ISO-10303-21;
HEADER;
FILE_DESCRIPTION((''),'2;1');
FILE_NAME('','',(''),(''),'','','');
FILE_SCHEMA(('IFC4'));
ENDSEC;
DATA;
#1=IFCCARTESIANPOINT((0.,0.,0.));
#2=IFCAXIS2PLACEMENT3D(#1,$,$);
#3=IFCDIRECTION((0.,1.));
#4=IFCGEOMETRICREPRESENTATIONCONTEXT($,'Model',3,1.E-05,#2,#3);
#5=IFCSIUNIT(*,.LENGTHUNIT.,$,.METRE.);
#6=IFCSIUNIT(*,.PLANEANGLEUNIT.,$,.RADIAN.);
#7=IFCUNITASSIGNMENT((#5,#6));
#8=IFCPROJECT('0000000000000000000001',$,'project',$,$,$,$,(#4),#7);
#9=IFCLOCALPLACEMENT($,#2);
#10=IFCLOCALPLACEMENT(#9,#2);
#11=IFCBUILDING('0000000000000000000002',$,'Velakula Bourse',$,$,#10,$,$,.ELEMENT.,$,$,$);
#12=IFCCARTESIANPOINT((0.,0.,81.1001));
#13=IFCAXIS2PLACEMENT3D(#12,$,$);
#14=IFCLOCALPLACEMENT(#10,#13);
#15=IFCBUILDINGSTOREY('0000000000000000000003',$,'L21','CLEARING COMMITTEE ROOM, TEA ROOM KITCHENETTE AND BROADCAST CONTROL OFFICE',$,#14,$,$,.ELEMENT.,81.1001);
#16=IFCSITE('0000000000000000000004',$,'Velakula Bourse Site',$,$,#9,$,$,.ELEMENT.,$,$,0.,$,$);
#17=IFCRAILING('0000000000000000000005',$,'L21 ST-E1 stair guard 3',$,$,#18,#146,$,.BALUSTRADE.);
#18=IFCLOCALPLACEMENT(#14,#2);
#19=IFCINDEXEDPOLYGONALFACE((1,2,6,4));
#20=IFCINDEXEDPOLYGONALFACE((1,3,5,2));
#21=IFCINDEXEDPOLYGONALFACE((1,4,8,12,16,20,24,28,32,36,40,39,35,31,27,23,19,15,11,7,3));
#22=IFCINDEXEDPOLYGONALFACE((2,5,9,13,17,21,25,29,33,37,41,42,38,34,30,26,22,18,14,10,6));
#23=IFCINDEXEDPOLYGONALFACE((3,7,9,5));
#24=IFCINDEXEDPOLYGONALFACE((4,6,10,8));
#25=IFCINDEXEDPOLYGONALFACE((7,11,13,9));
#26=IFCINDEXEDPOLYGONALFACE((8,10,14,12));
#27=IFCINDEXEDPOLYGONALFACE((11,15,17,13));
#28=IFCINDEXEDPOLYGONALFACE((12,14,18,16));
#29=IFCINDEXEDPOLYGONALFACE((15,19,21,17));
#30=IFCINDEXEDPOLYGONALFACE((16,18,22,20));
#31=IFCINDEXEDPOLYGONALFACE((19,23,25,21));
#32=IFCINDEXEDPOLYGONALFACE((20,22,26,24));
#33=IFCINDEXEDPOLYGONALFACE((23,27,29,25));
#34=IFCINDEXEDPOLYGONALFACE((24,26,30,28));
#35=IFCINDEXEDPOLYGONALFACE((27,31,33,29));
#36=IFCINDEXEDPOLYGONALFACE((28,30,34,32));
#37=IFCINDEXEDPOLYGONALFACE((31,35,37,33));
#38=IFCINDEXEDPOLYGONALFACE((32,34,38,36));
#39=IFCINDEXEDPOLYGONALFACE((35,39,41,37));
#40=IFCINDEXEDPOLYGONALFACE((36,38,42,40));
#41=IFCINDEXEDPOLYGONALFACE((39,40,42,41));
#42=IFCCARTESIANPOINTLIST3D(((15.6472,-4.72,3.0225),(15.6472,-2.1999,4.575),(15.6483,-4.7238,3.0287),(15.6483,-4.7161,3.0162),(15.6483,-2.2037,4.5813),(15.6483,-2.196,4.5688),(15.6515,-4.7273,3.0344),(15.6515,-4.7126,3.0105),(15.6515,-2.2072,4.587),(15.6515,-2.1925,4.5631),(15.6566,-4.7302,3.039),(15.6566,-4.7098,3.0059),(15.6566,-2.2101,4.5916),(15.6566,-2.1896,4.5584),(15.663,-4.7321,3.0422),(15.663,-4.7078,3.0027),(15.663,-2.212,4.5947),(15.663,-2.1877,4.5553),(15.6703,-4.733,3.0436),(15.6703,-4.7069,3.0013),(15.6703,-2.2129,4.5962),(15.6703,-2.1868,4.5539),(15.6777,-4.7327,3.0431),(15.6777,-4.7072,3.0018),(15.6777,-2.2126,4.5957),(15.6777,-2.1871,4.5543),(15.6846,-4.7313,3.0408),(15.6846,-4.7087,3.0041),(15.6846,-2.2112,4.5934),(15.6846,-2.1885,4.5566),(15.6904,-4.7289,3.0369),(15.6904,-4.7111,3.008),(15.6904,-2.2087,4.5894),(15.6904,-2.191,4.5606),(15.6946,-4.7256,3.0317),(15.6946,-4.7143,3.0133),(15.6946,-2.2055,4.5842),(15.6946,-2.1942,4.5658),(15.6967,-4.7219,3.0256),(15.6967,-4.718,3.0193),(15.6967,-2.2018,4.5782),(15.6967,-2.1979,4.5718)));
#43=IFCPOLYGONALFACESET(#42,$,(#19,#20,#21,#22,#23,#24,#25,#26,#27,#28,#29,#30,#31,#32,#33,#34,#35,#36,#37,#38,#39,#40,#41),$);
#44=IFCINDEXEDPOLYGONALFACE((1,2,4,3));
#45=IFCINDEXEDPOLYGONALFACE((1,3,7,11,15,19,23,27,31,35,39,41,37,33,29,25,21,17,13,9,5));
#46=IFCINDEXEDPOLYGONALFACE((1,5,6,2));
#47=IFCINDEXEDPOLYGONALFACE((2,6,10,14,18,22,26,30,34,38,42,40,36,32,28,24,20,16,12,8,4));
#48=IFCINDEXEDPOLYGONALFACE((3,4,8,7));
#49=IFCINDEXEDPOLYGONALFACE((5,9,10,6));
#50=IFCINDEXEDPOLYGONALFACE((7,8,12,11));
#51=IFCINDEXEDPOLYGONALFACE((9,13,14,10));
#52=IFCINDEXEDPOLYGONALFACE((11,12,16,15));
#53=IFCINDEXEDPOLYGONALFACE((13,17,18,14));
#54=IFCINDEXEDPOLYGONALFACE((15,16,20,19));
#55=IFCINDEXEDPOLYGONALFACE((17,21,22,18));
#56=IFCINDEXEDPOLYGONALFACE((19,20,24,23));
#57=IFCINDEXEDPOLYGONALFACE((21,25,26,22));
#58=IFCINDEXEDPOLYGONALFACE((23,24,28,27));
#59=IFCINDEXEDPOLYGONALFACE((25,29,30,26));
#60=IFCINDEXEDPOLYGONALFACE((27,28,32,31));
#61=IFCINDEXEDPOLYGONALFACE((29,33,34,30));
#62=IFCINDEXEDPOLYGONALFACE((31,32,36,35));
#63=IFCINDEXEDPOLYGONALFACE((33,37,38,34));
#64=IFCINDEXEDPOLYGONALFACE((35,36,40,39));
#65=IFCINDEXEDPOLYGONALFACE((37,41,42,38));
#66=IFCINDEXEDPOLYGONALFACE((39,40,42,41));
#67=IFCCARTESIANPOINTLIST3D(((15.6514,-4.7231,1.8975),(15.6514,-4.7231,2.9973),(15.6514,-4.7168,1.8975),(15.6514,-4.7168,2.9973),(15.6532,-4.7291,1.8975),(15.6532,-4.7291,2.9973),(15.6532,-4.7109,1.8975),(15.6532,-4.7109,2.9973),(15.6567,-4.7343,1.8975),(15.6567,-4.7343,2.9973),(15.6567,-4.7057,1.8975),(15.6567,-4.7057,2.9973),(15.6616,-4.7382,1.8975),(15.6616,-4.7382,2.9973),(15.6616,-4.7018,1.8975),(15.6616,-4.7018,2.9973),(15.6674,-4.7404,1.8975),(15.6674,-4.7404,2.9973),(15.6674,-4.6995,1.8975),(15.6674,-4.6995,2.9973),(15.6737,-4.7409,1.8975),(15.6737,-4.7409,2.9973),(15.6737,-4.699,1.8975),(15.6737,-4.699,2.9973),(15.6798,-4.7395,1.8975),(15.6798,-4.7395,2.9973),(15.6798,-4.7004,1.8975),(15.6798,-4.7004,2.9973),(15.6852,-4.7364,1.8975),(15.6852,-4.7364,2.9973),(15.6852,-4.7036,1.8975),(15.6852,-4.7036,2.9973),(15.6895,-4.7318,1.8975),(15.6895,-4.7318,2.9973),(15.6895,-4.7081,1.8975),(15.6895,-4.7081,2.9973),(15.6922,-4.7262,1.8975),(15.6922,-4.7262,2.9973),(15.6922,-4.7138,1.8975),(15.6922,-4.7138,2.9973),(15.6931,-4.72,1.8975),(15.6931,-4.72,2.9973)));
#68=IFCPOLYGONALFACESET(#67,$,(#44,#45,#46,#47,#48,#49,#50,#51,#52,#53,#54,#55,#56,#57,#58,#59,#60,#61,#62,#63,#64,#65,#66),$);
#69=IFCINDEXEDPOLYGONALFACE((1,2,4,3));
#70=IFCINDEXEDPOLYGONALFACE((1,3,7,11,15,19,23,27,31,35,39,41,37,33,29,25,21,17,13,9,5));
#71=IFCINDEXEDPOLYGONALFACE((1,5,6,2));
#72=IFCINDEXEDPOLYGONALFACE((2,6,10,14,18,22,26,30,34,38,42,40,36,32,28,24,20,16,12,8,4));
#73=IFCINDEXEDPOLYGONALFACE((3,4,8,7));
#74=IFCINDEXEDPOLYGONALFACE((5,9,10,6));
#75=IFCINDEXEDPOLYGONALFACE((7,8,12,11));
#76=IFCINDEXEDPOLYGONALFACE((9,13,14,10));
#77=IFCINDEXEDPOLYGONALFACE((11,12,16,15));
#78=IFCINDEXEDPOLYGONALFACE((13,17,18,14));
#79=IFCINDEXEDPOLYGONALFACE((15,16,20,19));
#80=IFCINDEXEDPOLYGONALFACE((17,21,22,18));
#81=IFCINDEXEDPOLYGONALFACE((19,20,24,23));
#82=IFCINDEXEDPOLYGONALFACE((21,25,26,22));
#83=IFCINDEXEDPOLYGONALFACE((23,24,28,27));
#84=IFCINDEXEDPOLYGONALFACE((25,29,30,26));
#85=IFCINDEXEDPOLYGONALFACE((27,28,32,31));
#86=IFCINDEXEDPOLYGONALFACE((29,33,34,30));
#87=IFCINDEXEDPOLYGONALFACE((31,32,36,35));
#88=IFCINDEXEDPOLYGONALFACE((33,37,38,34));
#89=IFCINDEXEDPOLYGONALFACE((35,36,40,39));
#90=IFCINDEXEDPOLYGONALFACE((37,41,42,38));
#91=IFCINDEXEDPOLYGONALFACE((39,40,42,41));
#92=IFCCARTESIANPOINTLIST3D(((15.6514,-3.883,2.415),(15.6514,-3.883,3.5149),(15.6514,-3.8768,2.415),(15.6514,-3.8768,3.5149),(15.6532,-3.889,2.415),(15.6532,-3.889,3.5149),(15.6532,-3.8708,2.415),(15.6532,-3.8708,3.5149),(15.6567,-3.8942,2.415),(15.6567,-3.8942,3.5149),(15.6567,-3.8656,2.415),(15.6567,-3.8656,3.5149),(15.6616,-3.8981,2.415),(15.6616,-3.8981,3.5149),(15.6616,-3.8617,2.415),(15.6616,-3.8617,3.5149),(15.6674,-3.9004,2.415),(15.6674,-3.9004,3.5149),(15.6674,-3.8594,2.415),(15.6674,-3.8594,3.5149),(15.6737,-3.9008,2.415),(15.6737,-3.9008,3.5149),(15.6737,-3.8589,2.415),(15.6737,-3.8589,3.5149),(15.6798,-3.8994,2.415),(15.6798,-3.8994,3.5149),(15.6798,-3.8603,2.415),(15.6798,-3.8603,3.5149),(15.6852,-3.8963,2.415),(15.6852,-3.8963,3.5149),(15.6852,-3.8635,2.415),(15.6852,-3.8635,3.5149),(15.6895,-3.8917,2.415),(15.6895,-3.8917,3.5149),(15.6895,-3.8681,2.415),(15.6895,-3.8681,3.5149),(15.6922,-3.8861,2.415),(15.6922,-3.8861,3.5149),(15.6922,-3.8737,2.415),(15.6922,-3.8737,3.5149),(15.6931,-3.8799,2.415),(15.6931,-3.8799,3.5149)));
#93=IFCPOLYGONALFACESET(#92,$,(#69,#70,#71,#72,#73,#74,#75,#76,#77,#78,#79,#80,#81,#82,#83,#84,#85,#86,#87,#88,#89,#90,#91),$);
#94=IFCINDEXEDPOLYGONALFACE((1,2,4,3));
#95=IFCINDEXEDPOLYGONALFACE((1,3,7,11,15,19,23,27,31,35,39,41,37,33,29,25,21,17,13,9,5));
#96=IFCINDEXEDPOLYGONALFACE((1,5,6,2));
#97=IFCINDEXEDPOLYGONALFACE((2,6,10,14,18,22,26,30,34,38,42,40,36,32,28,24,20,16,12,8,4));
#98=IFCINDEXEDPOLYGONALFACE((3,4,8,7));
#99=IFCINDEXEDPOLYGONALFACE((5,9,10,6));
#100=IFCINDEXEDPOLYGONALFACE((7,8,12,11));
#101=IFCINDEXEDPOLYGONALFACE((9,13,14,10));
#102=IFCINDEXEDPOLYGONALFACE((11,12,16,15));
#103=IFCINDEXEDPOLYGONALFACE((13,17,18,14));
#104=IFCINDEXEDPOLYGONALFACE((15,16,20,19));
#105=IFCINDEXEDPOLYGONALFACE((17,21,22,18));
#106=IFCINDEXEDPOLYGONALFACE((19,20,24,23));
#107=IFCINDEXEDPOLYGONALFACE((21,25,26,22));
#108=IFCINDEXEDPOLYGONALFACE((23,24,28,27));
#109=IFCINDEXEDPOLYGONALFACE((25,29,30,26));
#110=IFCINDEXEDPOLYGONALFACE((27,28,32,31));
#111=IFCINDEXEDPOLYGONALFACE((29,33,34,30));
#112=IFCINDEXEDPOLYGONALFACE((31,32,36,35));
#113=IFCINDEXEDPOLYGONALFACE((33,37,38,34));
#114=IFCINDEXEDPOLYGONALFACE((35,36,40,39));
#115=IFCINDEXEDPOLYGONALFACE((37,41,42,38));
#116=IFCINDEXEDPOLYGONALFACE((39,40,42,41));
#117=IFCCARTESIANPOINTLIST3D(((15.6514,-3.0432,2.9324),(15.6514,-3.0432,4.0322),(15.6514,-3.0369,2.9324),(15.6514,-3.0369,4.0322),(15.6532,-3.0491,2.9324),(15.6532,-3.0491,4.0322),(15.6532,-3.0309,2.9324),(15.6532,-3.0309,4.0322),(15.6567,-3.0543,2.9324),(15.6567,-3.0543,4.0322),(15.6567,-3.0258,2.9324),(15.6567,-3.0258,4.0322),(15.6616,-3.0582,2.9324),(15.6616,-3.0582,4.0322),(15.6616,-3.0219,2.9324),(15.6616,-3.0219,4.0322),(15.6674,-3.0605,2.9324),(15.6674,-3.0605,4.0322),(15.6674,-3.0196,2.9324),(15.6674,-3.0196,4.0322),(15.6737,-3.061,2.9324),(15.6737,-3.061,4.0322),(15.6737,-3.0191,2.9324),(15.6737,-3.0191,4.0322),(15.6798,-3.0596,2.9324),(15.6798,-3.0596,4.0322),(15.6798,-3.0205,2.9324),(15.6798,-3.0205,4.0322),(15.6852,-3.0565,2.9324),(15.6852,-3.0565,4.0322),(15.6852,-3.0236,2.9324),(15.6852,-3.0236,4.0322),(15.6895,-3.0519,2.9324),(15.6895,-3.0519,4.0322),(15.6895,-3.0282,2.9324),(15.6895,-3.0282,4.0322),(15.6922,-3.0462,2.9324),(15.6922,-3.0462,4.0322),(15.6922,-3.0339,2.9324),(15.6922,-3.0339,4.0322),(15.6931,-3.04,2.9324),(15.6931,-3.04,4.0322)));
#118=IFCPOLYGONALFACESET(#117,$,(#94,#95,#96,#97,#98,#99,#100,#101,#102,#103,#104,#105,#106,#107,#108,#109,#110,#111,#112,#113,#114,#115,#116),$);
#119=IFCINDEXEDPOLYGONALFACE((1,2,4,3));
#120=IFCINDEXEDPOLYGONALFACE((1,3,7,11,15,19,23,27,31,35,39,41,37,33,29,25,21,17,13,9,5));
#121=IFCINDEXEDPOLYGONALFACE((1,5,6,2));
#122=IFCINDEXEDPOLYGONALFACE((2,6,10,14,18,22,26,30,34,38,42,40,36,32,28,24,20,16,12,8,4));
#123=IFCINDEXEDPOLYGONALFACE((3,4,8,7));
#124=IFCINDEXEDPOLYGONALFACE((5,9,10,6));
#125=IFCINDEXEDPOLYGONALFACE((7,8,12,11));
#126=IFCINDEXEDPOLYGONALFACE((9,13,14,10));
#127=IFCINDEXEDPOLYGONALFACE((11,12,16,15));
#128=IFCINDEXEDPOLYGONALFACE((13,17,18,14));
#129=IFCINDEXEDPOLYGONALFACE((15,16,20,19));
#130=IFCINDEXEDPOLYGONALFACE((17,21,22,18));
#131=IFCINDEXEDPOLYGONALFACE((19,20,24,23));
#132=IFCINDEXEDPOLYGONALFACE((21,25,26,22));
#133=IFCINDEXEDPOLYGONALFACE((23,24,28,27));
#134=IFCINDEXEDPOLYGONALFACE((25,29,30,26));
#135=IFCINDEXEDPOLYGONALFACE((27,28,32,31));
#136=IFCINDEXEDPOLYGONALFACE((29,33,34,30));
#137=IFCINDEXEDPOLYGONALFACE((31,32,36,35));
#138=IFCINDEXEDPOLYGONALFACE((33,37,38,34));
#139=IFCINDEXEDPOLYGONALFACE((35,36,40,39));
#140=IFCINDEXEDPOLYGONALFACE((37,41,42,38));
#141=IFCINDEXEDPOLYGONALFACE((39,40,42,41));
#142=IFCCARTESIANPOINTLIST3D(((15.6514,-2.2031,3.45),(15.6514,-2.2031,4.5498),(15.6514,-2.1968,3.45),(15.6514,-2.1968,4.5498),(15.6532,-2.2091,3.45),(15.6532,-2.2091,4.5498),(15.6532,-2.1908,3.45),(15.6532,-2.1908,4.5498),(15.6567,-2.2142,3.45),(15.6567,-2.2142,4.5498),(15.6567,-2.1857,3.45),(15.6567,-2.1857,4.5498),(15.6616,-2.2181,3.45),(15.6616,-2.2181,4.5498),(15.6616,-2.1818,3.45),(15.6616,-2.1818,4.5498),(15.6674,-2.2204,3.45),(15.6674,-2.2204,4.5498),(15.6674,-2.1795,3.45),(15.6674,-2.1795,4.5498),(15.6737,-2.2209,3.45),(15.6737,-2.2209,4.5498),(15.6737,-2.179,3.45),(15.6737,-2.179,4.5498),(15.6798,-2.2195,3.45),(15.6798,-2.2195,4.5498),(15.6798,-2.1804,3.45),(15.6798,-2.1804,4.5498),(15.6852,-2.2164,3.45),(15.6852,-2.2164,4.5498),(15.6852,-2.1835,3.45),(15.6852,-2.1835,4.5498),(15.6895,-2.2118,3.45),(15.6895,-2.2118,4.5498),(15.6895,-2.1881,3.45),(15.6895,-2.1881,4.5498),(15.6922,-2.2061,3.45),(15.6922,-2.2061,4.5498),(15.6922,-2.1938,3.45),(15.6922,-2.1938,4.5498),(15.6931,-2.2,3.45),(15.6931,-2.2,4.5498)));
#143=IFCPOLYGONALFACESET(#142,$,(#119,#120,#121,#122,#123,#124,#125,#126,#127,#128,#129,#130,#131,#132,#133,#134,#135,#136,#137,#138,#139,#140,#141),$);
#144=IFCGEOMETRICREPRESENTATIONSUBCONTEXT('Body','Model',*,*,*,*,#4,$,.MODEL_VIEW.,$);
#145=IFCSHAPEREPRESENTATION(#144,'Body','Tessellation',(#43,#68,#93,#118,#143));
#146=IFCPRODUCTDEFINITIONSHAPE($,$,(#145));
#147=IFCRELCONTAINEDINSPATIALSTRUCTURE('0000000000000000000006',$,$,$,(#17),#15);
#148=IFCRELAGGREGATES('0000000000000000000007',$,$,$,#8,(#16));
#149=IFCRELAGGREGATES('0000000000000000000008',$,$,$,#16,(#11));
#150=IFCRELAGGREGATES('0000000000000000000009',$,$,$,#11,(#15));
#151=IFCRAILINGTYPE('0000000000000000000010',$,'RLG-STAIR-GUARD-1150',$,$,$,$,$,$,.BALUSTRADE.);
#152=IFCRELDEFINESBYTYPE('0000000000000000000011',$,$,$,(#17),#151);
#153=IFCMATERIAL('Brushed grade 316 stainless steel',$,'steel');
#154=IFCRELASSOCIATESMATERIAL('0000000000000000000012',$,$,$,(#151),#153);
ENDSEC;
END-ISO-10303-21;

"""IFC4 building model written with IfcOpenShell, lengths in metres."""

from ifc_helpers import new_model, si_unit, direction, frame, origin, origin_2d, place, context, subcontext, project, spatial, circle, extrude, material, type_object, element, save


model = new_model("IFC4")

# Units and contexts
model_context = context("Model", 3, precision=1e-05, world=origin(), true_north=direction((0.0, 1.0)))
body_context = subcontext(model_context, "Body", "Model", "MODEL_VIEW")
ifc_project = project(units=[si_unit("LENGTHUNIT", "METRE"), si_unit("PLANEANGLEUNIT", "RADIAN")], contexts=[model_context])

# Site, building, storey
site_placement = place(None, origin())
site = spatial("IfcSite", under=ifc_project, at=site_placement, Name="Velakula Bourse Site", CompositionType="ELEMENT", RefElevation=0.0)
building_placement = place(site_placement, origin())
building = spatial("IfcBuilding", under=site, at=building_placement, Name="Velakula Bourse", CompositionType="ELEMENT")
storey_placement = place(building_placement, frame((0.0, 0.0, 81.1001)))
storey = spatial("IfcBuildingStorey", under=building, at=storey_placement, Name="L21", Description="CLEARING COMMITTEE ROOM, TEA ROOM KITCHENETTE AND BROADCAST CONTROL OFFICE", CompositionType="ELEMENT", Elevation=81.1001)

# Railing
ifc_material_1 = material(Name="Brushed grade 316 stainless steel", Category="steel")
railing_type_1 = type_object("IfcRailingType", Name="RLG-STAIR-GUARD-1150", PredefinedType="BALUSTRADE", material=ifc_material_1)
railing_1_placement = place(storey_placement, frame((15.6721, -4.72, 1.8975)))
element("IfcRailing", 1, at=railing_1_placement, inside=storey, type_object=railing_type_1, Name="L21 ST-E1 stair guard 3", PredefinedType="BALUSTRADE", context=body_context, shape_type="SweptSolid", body=[
    extrude(circle(Radius=0.0249, at=origin_2d()), frame((0.0, 0.0, 1.125), z_axis=(0.0, 0.8514, 0.524516), x_axis=(-1.0, 0.0, 0.0)), (0.0, 0.0, 1.0), 2.96),
    extrude(circle(Radius=0.021, at=origin_2d()), origin(), (0.0, 0.0, 1.0), 1.0999),
    extrude(circle(Radius=0.021, at=origin_2d()), frame((0.0, 0.8401, 0.5176)), (0.0, 0.0, 1.0), 1.0999),
    extrude(circle(Radius=0.021, at=origin_2d()), frame((0.0, 1.6799, 1.0349)), (0.0, 0.0, 1.0), 1.0999),
    extrude(circle(Radius=0.021, at=origin_2d()), frame((0.0, 2.52, 1.5525)), (0.0, 0.0, 1.0), 1.0999),
])

save(model, "model.ifc")
